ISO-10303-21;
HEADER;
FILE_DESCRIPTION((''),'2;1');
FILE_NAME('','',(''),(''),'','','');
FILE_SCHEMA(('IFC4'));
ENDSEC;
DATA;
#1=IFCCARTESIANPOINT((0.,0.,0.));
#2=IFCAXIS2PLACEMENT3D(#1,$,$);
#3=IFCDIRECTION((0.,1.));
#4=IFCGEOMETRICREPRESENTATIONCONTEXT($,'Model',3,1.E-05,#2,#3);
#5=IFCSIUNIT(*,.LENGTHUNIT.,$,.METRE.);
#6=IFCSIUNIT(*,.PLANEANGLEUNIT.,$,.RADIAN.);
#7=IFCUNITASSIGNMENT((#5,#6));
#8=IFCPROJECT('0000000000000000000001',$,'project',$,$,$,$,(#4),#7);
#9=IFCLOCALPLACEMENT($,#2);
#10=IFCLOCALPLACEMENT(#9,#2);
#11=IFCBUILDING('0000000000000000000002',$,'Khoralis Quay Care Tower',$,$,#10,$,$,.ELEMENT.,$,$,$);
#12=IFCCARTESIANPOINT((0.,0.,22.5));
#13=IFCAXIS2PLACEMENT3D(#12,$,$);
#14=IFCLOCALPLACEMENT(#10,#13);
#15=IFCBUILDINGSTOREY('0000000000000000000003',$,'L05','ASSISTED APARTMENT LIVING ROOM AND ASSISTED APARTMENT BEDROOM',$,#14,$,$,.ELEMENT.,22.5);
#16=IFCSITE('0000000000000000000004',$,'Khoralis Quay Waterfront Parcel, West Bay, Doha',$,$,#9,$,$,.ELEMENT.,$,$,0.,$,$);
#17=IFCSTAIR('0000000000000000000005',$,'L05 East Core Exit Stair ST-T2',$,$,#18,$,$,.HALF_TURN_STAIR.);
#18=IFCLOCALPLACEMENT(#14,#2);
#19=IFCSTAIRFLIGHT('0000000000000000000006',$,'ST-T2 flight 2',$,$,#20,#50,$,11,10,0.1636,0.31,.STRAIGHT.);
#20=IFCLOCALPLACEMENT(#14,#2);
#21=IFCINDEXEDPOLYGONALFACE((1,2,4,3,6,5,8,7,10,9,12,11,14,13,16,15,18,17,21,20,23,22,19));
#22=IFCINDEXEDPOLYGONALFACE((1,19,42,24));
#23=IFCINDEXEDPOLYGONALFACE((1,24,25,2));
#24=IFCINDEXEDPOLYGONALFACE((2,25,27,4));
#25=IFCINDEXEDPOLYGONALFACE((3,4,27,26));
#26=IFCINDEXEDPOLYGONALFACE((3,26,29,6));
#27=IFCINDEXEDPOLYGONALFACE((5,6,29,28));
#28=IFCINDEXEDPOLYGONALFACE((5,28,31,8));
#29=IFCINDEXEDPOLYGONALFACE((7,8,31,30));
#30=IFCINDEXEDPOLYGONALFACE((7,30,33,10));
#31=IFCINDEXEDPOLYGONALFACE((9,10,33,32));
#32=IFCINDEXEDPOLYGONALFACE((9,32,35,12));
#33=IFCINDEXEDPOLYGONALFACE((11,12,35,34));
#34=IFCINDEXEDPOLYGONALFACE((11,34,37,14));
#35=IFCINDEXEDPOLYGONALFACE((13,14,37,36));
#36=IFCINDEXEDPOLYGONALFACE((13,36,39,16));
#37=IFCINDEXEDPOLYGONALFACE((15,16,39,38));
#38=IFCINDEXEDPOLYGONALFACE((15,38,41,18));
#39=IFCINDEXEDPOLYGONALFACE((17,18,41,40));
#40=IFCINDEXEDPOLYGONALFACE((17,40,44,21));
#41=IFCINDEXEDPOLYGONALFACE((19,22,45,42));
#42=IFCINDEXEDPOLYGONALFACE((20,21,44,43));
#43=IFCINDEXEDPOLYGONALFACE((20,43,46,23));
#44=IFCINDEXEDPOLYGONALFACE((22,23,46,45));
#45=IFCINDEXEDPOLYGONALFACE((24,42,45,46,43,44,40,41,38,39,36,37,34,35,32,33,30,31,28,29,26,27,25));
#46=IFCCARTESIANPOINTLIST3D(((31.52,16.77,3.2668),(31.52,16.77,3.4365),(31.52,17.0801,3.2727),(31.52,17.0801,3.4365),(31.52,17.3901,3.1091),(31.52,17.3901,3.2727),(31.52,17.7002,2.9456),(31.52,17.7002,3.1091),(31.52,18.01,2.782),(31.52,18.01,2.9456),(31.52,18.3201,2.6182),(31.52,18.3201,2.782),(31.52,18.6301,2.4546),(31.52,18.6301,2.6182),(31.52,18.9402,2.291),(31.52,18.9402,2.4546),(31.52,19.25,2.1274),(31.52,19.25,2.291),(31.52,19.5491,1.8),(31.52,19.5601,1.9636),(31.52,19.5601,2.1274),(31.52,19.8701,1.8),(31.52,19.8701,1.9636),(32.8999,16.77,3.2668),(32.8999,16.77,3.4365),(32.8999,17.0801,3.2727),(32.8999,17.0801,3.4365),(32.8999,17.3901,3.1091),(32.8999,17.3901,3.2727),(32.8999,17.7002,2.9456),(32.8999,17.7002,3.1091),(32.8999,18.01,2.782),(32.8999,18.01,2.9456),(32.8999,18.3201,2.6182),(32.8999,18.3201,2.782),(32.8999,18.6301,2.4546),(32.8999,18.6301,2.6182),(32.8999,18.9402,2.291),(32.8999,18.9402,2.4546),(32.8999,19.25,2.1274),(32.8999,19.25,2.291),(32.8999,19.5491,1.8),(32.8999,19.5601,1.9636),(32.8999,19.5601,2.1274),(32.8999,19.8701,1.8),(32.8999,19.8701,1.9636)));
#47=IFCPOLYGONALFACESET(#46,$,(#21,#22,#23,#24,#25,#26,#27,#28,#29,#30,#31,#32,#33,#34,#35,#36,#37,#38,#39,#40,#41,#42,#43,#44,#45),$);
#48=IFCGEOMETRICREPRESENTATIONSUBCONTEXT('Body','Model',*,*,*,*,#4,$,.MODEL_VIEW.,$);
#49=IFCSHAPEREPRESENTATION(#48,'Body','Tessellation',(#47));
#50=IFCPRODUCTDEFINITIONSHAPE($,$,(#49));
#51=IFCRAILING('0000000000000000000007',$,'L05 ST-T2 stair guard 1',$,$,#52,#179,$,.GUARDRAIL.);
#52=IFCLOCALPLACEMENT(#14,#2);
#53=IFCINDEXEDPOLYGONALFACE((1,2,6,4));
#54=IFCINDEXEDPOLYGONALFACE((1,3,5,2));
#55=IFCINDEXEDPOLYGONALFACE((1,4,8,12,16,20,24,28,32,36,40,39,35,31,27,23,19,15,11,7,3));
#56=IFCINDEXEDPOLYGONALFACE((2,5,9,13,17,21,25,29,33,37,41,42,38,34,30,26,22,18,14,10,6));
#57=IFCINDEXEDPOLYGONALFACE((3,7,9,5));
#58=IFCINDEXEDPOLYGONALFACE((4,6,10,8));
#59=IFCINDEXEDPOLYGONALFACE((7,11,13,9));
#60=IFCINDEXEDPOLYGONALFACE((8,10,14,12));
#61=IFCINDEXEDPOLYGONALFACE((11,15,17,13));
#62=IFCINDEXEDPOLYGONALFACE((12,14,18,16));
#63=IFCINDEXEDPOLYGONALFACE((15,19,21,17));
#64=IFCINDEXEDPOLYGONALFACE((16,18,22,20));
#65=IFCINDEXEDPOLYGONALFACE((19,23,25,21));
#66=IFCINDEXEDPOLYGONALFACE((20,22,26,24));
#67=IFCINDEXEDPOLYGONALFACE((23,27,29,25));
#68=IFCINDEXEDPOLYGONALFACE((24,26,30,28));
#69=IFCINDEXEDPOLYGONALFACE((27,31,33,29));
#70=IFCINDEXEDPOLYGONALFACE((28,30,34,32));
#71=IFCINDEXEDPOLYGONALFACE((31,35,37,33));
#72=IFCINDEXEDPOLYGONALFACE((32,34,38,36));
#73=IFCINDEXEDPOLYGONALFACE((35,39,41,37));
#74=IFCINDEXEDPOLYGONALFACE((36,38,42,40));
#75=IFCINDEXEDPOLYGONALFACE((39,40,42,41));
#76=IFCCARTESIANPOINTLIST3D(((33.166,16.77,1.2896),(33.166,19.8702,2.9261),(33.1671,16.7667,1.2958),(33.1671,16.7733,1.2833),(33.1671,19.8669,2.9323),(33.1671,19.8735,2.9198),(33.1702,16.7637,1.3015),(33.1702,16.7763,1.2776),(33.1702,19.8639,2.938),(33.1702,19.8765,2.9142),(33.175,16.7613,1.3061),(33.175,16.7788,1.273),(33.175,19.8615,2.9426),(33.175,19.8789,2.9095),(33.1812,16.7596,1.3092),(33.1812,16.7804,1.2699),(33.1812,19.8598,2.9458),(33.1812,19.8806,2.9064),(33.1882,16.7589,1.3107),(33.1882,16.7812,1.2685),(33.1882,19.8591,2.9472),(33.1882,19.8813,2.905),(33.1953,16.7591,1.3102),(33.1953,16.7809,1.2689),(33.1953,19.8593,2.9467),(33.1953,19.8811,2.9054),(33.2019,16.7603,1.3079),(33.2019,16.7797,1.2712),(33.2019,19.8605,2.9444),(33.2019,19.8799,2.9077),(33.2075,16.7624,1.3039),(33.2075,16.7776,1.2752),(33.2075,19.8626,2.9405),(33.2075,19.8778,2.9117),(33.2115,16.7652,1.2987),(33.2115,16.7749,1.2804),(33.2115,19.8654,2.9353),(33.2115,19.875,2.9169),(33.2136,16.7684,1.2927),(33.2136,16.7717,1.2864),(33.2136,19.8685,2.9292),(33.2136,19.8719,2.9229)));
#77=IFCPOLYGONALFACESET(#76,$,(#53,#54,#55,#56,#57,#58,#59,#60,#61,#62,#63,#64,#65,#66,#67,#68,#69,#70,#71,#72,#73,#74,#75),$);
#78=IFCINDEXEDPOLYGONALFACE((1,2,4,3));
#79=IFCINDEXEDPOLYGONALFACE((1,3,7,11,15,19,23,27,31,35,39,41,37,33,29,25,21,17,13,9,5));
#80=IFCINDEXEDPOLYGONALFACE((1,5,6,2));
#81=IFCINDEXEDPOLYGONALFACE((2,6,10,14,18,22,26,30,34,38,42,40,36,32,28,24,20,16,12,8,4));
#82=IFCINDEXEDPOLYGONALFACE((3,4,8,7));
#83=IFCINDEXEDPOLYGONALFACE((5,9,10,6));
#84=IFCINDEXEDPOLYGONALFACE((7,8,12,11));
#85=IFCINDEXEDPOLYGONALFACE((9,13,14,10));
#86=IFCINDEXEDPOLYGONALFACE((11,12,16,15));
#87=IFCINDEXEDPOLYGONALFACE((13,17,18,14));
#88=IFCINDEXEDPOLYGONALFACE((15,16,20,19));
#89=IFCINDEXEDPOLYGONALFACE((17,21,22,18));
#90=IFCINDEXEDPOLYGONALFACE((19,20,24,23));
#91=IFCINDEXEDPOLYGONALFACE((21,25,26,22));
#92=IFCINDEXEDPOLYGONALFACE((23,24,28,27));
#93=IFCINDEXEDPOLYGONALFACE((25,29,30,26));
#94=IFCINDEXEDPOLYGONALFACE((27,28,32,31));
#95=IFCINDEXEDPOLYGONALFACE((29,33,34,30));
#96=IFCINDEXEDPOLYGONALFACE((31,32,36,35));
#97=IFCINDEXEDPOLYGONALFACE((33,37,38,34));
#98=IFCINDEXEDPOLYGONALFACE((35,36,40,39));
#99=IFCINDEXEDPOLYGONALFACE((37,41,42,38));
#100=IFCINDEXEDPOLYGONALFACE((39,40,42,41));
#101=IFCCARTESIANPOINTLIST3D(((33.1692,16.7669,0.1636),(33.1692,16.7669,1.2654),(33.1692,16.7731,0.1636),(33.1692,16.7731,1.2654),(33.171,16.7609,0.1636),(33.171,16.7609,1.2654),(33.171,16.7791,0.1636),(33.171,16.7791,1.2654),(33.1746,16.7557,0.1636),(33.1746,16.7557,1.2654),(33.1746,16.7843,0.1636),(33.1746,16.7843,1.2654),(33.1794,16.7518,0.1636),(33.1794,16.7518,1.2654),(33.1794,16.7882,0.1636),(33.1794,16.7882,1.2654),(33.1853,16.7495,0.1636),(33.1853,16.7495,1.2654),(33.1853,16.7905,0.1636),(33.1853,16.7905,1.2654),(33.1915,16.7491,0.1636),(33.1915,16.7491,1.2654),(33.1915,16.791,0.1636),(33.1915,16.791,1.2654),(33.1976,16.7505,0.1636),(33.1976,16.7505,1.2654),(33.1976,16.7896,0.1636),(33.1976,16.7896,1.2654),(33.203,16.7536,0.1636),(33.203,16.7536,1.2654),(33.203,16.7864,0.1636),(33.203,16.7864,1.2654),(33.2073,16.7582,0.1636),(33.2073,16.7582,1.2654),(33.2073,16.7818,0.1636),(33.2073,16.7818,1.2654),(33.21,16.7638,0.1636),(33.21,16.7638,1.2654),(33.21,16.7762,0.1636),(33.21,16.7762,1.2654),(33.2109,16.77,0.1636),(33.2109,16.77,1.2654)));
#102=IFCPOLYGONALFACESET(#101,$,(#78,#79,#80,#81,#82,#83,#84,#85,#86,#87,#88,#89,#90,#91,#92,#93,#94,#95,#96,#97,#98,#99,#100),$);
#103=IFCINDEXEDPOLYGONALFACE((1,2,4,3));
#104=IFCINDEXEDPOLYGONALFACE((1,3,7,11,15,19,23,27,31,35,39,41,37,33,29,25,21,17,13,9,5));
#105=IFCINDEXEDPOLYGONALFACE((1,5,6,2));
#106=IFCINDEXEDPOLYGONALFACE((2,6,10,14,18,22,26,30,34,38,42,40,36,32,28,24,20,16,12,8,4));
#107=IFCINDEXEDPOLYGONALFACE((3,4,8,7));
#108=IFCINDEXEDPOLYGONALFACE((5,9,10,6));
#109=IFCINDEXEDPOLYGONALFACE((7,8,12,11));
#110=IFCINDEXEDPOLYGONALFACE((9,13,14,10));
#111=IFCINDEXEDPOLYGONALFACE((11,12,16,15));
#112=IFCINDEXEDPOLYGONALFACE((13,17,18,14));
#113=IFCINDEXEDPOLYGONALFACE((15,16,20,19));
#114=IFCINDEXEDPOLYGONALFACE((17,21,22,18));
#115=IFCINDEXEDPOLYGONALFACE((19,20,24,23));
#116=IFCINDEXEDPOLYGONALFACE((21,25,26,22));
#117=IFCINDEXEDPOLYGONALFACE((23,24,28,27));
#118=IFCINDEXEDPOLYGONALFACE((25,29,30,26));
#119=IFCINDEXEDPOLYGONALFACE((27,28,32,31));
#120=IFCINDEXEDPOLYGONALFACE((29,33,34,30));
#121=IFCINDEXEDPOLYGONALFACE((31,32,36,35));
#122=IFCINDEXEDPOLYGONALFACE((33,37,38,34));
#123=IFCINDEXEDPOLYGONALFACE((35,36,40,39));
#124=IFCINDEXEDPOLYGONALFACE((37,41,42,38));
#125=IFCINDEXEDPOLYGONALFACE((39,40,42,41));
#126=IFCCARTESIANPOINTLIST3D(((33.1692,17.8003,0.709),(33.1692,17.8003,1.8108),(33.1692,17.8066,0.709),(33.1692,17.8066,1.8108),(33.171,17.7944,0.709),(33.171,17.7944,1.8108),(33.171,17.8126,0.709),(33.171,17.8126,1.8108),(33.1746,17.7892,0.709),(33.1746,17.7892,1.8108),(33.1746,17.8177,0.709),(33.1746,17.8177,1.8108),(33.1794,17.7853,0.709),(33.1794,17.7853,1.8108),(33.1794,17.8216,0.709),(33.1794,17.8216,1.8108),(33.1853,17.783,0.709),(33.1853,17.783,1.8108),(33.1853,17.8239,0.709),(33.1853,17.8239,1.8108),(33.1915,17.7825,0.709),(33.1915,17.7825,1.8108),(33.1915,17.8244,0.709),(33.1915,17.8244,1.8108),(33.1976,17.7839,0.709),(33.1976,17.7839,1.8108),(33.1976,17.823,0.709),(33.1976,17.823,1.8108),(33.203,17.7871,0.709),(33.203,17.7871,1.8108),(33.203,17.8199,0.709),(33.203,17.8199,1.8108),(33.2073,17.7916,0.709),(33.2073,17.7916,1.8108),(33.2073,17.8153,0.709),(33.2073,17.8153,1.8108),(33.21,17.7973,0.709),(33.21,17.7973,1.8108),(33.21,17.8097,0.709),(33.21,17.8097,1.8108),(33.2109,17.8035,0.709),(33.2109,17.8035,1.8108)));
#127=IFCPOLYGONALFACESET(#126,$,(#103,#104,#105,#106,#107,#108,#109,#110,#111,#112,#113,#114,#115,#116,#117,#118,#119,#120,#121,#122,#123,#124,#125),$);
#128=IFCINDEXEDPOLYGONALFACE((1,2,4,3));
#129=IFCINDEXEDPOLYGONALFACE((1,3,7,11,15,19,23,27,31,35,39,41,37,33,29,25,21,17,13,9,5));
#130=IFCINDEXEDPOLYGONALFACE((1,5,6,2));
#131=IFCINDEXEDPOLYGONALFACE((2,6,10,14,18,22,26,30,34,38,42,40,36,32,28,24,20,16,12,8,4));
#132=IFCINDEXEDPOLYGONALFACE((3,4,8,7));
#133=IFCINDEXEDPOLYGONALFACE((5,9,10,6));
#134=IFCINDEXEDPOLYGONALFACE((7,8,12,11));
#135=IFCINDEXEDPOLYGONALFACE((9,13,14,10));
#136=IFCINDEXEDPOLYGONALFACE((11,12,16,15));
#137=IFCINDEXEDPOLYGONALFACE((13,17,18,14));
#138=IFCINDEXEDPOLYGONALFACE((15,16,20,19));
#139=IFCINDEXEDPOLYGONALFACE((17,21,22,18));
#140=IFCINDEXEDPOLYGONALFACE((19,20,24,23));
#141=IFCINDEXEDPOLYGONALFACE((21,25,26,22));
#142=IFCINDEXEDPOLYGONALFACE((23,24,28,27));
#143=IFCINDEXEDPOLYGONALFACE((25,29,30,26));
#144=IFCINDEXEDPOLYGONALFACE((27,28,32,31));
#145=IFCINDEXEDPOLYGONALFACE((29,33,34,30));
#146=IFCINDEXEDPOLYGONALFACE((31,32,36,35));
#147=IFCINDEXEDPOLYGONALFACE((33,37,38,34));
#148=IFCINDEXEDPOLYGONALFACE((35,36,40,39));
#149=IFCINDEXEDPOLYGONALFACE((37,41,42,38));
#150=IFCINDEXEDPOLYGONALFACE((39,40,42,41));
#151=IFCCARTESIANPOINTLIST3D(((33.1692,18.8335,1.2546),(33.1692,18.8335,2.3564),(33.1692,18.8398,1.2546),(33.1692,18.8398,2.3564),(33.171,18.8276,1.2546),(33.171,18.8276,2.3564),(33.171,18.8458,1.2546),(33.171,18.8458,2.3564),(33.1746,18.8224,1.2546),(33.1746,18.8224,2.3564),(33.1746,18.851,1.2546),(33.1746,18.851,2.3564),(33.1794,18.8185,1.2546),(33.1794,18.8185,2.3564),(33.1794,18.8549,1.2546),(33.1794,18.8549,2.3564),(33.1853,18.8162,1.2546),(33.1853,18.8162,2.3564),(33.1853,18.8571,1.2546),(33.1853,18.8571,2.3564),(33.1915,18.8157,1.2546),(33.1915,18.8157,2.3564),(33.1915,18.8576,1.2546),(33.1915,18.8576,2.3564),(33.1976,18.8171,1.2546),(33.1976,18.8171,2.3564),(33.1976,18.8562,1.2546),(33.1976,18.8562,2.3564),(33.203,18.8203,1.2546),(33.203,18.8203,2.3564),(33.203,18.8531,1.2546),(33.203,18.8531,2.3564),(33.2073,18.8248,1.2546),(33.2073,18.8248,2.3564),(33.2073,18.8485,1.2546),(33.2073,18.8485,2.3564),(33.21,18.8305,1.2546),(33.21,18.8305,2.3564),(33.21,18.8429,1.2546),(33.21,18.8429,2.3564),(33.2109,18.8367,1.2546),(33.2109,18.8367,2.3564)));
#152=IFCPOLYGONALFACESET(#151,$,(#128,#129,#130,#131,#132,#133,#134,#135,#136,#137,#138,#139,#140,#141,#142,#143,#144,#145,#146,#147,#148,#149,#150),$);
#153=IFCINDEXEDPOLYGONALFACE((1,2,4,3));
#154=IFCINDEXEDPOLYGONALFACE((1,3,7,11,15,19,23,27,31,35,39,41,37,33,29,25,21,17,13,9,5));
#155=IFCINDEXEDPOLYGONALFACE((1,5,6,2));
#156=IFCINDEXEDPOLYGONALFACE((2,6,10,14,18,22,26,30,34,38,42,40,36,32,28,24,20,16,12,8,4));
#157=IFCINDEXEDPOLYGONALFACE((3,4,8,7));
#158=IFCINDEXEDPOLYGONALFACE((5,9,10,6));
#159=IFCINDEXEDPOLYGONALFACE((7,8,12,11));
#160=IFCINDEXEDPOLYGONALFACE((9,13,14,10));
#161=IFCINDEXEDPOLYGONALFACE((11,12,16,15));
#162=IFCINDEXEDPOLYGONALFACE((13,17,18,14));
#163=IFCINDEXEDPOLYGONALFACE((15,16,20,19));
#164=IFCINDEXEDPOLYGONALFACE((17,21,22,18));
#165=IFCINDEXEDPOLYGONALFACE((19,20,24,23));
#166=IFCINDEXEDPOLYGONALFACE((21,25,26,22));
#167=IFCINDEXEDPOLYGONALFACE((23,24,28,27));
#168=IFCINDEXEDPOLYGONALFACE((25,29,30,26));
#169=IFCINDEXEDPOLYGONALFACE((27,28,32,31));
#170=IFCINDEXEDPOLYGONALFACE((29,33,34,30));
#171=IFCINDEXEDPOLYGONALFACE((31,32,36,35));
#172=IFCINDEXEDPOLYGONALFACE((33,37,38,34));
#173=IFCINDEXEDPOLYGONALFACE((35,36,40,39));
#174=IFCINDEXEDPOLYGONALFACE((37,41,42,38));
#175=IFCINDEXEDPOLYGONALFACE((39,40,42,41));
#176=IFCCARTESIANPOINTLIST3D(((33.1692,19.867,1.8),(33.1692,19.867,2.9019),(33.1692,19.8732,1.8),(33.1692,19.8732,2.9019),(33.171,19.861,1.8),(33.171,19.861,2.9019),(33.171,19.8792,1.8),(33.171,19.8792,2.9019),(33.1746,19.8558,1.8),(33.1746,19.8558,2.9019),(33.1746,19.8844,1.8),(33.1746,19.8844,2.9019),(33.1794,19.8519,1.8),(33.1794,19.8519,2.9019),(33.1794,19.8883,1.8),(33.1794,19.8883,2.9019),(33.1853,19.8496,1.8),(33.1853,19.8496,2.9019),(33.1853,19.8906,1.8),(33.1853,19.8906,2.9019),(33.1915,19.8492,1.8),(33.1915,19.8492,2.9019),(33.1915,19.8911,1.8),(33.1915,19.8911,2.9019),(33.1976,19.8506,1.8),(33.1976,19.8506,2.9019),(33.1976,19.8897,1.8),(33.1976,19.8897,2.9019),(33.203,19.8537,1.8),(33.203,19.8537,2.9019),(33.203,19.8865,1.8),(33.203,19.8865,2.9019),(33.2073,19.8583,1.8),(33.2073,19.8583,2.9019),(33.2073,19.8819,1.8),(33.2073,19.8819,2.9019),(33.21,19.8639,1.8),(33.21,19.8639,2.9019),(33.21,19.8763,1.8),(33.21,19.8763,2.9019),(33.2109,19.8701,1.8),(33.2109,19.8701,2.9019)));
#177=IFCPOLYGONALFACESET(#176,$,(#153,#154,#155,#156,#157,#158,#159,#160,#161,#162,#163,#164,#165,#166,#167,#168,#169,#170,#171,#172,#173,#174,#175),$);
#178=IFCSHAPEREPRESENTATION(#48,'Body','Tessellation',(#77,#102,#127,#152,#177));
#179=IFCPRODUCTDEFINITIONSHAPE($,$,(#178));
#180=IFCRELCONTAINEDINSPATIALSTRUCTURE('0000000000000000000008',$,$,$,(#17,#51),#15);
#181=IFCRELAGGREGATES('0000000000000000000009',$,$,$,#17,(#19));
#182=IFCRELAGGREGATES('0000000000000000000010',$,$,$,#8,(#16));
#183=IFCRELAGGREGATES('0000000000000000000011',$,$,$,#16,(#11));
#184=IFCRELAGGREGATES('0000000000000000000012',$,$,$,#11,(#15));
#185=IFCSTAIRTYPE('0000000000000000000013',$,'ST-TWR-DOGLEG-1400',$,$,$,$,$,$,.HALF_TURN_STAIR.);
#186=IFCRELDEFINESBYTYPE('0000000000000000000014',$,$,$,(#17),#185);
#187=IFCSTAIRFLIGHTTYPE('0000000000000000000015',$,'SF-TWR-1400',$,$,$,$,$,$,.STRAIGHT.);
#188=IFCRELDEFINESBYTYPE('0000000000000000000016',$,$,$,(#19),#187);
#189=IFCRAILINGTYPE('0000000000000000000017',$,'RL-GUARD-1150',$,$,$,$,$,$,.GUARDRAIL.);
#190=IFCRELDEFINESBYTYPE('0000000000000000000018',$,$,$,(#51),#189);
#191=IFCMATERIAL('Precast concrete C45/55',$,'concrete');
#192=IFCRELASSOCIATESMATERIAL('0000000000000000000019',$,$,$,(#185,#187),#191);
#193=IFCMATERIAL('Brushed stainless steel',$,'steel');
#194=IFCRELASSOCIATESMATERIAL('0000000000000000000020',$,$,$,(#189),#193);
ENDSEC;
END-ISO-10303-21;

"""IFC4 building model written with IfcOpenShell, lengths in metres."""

from ifc_helpers import new_model, si_unit, direction, frame, origin, origin_2d, place, context, subcontext, project, spatial, polyline, circle, outline, extrude, source, transform, mapped, material, type_object, element, aggregate, save


model = new_model("IFC4")

# Units and contexts
model_context = context("Model", 3, precision=1e-05, world=origin(), true_north=direction((0.0, 1.0)))
body_context = subcontext(model_context, "Body", "Model", "MODEL_VIEW")
ifc_project = project(units=[si_unit("LENGTHUNIT", "METRE"), si_unit("PLANEANGLEUNIT", "RADIAN")], contexts=[model_context])

# Site, building, storey
site_placement = place(None, origin())
site = spatial("IfcSite", under=ifc_project, at=site_placement, Name="Khoralis Quay Waterfront Parcel, West Bay, Doha", CompositionType="ELEMENT", RefElevation=0.0)
building_placement = place(site_placement, origin())
building = spatial("IfcBuilding", under=site, at=building_placement, Name="Khoralis Quay Care Tower", CompositionType="ELEMENT")
storey_placement = place(building_placement, frame((0.0, 0.0, 22.5)))
storey = spatial("IfcBuildingStorey", under=building, at=storey_placement, Name="L05", Description="ASSISTED APARTMENT LIVING ROOM AND ASSISTED APARTMENT BEDROOM", CompositionType="ELEMENT", Elevation=22.5)

# Shared definitions
ifc_material_1 = material(Name="Brushed stainless steel", Category="steel")

# Stair, stair flight
ifc_material_2 = material(Name="Precast concrete C45/55", Category="concrete")
stair_type = type_object("IfcStairType", Name="ST-TWR-DOGLEG-1400", PredefinedType="HALF_TURN_STAIR", material=ifc_material_2)
stair_placement = place(storey_placement, origin())
stair = element("IfcStair", 1, at=stair_placement, inside=storey, type_object=stair_type, Name="L05 East Core Exit Stair ST-T2", PredefinedType="HALF_TURN_STAIR")
stair_flight_type = type_object("IfcStairFlightType", Name="SF-TWR-1400", PredefinedType="STRAIGHT", material=ifc_material_2)
shared_shape_1 = source(origin(), body_context, "Body", "SweptSolid", [
    extrude(outline(polyline([(0.0, 0.0), (0.0, 0.1636), (0.3101, 0.1636), (0.3101, 0.3274), (0.6201, 0.3274), (0.6201, 0.491), (0.9299, 0.491), (0.9299, 0.6545), (1.24, 0.6545), (1.24, 0.8181), (1.55, 0.8181), (1.55, 0.9819), (1.8601, 0.9819), (1.8601, 1.1455), (2.1699, 1.1455), (2.1699, 1.3091), (2.48, 1.3091), (2.48, 1.4727), (2.79, 1.4727), (2.79, 1.6365), (3.1001, 1.6365), (3.1001, 1.8), (3.1001, 1.4668), (0.321, 0.0), (0.0, 0.0)])), frame((0.0, 0.6899, 0.0), z_axis=(0.0, -1.0, 0.0), x_axis=(1.0, 0.0, 0.0)), (0.0, 0.0, 1.0), 1.3799),
])
stair_flight_1_placement = place(storey_placement, frame((32.21, 19.8701, 1.8), z_axis=(0.0, 0.0, 1.0), x_axis=(0.0, -1.0, 0.0)))
stair_flight_1 = element("IfcStairFlight", 2, at=stair_flight_1_placement, type_object=stair_flight_type, Name="ST-T2 flight 2", NumberOfRisers=11, NumberOfTreads=10, PredefinedType="STRAIGHT", RiserHeight=0.1636, TreadLength=0.31, context=body_context, shape_type="MappedRepresentation", body=[
    mapped(shared_shape_1, transform((0.0, 0.0, 0.0), scale=1.0)),
])
aggregate(stair, [stair_flight_1])

# Railing
railing_type_1 = type_object("IfcRailingType", Name="RL-GUARD-1150", PredefinedType="GUARDRAIL", material=ifc_material_1)
railing_1_placement = place(storey_placement, frame((33.1899, 16.77, 0.1636)))
element("IfcRailing", 3, at=railing_1_placement, inside=storey, type_object=railing_type_1, Name="L05 ST-T2 stair guard 1", PredefinedType="GUARDRAIL", context=body_context, shape_type="SweptSolid", body=[
    extrude(circle(Radius=0.0239, at=origin_2d()), frame((0.0, 0.0, 1.126), z_axis=(0.0, 0.884348, 0.466828), x_axis=(-1.0, 0.0, 0.0)), (0.0, 0.0, 1.0), 3.5056),
    extrude(circle(Radius=0.021, at=origin_2d()), origin(), (0.0, 0.0, 1.0), 1.1018),
    extrude(circle(Radius=0.021, at=origin_2d()), frame((0.0, 1.0334, 0.5454)), (0.0, 0.0, 1.0), 1.1018),
    extrude(circle(Radius=0.021, at=origin_2d()), frame((0.0, 2.0667, 1.0911)), (0.0, 0.0, 1.0), 1.1018),
    extrude(circle(Radius=0.021, at=origin_2d()), frame((0.0, 3.1001, 1.6365)), (0.0, 0.0, 1.0), 1.1018),
])

save(model, "model.ifc")
